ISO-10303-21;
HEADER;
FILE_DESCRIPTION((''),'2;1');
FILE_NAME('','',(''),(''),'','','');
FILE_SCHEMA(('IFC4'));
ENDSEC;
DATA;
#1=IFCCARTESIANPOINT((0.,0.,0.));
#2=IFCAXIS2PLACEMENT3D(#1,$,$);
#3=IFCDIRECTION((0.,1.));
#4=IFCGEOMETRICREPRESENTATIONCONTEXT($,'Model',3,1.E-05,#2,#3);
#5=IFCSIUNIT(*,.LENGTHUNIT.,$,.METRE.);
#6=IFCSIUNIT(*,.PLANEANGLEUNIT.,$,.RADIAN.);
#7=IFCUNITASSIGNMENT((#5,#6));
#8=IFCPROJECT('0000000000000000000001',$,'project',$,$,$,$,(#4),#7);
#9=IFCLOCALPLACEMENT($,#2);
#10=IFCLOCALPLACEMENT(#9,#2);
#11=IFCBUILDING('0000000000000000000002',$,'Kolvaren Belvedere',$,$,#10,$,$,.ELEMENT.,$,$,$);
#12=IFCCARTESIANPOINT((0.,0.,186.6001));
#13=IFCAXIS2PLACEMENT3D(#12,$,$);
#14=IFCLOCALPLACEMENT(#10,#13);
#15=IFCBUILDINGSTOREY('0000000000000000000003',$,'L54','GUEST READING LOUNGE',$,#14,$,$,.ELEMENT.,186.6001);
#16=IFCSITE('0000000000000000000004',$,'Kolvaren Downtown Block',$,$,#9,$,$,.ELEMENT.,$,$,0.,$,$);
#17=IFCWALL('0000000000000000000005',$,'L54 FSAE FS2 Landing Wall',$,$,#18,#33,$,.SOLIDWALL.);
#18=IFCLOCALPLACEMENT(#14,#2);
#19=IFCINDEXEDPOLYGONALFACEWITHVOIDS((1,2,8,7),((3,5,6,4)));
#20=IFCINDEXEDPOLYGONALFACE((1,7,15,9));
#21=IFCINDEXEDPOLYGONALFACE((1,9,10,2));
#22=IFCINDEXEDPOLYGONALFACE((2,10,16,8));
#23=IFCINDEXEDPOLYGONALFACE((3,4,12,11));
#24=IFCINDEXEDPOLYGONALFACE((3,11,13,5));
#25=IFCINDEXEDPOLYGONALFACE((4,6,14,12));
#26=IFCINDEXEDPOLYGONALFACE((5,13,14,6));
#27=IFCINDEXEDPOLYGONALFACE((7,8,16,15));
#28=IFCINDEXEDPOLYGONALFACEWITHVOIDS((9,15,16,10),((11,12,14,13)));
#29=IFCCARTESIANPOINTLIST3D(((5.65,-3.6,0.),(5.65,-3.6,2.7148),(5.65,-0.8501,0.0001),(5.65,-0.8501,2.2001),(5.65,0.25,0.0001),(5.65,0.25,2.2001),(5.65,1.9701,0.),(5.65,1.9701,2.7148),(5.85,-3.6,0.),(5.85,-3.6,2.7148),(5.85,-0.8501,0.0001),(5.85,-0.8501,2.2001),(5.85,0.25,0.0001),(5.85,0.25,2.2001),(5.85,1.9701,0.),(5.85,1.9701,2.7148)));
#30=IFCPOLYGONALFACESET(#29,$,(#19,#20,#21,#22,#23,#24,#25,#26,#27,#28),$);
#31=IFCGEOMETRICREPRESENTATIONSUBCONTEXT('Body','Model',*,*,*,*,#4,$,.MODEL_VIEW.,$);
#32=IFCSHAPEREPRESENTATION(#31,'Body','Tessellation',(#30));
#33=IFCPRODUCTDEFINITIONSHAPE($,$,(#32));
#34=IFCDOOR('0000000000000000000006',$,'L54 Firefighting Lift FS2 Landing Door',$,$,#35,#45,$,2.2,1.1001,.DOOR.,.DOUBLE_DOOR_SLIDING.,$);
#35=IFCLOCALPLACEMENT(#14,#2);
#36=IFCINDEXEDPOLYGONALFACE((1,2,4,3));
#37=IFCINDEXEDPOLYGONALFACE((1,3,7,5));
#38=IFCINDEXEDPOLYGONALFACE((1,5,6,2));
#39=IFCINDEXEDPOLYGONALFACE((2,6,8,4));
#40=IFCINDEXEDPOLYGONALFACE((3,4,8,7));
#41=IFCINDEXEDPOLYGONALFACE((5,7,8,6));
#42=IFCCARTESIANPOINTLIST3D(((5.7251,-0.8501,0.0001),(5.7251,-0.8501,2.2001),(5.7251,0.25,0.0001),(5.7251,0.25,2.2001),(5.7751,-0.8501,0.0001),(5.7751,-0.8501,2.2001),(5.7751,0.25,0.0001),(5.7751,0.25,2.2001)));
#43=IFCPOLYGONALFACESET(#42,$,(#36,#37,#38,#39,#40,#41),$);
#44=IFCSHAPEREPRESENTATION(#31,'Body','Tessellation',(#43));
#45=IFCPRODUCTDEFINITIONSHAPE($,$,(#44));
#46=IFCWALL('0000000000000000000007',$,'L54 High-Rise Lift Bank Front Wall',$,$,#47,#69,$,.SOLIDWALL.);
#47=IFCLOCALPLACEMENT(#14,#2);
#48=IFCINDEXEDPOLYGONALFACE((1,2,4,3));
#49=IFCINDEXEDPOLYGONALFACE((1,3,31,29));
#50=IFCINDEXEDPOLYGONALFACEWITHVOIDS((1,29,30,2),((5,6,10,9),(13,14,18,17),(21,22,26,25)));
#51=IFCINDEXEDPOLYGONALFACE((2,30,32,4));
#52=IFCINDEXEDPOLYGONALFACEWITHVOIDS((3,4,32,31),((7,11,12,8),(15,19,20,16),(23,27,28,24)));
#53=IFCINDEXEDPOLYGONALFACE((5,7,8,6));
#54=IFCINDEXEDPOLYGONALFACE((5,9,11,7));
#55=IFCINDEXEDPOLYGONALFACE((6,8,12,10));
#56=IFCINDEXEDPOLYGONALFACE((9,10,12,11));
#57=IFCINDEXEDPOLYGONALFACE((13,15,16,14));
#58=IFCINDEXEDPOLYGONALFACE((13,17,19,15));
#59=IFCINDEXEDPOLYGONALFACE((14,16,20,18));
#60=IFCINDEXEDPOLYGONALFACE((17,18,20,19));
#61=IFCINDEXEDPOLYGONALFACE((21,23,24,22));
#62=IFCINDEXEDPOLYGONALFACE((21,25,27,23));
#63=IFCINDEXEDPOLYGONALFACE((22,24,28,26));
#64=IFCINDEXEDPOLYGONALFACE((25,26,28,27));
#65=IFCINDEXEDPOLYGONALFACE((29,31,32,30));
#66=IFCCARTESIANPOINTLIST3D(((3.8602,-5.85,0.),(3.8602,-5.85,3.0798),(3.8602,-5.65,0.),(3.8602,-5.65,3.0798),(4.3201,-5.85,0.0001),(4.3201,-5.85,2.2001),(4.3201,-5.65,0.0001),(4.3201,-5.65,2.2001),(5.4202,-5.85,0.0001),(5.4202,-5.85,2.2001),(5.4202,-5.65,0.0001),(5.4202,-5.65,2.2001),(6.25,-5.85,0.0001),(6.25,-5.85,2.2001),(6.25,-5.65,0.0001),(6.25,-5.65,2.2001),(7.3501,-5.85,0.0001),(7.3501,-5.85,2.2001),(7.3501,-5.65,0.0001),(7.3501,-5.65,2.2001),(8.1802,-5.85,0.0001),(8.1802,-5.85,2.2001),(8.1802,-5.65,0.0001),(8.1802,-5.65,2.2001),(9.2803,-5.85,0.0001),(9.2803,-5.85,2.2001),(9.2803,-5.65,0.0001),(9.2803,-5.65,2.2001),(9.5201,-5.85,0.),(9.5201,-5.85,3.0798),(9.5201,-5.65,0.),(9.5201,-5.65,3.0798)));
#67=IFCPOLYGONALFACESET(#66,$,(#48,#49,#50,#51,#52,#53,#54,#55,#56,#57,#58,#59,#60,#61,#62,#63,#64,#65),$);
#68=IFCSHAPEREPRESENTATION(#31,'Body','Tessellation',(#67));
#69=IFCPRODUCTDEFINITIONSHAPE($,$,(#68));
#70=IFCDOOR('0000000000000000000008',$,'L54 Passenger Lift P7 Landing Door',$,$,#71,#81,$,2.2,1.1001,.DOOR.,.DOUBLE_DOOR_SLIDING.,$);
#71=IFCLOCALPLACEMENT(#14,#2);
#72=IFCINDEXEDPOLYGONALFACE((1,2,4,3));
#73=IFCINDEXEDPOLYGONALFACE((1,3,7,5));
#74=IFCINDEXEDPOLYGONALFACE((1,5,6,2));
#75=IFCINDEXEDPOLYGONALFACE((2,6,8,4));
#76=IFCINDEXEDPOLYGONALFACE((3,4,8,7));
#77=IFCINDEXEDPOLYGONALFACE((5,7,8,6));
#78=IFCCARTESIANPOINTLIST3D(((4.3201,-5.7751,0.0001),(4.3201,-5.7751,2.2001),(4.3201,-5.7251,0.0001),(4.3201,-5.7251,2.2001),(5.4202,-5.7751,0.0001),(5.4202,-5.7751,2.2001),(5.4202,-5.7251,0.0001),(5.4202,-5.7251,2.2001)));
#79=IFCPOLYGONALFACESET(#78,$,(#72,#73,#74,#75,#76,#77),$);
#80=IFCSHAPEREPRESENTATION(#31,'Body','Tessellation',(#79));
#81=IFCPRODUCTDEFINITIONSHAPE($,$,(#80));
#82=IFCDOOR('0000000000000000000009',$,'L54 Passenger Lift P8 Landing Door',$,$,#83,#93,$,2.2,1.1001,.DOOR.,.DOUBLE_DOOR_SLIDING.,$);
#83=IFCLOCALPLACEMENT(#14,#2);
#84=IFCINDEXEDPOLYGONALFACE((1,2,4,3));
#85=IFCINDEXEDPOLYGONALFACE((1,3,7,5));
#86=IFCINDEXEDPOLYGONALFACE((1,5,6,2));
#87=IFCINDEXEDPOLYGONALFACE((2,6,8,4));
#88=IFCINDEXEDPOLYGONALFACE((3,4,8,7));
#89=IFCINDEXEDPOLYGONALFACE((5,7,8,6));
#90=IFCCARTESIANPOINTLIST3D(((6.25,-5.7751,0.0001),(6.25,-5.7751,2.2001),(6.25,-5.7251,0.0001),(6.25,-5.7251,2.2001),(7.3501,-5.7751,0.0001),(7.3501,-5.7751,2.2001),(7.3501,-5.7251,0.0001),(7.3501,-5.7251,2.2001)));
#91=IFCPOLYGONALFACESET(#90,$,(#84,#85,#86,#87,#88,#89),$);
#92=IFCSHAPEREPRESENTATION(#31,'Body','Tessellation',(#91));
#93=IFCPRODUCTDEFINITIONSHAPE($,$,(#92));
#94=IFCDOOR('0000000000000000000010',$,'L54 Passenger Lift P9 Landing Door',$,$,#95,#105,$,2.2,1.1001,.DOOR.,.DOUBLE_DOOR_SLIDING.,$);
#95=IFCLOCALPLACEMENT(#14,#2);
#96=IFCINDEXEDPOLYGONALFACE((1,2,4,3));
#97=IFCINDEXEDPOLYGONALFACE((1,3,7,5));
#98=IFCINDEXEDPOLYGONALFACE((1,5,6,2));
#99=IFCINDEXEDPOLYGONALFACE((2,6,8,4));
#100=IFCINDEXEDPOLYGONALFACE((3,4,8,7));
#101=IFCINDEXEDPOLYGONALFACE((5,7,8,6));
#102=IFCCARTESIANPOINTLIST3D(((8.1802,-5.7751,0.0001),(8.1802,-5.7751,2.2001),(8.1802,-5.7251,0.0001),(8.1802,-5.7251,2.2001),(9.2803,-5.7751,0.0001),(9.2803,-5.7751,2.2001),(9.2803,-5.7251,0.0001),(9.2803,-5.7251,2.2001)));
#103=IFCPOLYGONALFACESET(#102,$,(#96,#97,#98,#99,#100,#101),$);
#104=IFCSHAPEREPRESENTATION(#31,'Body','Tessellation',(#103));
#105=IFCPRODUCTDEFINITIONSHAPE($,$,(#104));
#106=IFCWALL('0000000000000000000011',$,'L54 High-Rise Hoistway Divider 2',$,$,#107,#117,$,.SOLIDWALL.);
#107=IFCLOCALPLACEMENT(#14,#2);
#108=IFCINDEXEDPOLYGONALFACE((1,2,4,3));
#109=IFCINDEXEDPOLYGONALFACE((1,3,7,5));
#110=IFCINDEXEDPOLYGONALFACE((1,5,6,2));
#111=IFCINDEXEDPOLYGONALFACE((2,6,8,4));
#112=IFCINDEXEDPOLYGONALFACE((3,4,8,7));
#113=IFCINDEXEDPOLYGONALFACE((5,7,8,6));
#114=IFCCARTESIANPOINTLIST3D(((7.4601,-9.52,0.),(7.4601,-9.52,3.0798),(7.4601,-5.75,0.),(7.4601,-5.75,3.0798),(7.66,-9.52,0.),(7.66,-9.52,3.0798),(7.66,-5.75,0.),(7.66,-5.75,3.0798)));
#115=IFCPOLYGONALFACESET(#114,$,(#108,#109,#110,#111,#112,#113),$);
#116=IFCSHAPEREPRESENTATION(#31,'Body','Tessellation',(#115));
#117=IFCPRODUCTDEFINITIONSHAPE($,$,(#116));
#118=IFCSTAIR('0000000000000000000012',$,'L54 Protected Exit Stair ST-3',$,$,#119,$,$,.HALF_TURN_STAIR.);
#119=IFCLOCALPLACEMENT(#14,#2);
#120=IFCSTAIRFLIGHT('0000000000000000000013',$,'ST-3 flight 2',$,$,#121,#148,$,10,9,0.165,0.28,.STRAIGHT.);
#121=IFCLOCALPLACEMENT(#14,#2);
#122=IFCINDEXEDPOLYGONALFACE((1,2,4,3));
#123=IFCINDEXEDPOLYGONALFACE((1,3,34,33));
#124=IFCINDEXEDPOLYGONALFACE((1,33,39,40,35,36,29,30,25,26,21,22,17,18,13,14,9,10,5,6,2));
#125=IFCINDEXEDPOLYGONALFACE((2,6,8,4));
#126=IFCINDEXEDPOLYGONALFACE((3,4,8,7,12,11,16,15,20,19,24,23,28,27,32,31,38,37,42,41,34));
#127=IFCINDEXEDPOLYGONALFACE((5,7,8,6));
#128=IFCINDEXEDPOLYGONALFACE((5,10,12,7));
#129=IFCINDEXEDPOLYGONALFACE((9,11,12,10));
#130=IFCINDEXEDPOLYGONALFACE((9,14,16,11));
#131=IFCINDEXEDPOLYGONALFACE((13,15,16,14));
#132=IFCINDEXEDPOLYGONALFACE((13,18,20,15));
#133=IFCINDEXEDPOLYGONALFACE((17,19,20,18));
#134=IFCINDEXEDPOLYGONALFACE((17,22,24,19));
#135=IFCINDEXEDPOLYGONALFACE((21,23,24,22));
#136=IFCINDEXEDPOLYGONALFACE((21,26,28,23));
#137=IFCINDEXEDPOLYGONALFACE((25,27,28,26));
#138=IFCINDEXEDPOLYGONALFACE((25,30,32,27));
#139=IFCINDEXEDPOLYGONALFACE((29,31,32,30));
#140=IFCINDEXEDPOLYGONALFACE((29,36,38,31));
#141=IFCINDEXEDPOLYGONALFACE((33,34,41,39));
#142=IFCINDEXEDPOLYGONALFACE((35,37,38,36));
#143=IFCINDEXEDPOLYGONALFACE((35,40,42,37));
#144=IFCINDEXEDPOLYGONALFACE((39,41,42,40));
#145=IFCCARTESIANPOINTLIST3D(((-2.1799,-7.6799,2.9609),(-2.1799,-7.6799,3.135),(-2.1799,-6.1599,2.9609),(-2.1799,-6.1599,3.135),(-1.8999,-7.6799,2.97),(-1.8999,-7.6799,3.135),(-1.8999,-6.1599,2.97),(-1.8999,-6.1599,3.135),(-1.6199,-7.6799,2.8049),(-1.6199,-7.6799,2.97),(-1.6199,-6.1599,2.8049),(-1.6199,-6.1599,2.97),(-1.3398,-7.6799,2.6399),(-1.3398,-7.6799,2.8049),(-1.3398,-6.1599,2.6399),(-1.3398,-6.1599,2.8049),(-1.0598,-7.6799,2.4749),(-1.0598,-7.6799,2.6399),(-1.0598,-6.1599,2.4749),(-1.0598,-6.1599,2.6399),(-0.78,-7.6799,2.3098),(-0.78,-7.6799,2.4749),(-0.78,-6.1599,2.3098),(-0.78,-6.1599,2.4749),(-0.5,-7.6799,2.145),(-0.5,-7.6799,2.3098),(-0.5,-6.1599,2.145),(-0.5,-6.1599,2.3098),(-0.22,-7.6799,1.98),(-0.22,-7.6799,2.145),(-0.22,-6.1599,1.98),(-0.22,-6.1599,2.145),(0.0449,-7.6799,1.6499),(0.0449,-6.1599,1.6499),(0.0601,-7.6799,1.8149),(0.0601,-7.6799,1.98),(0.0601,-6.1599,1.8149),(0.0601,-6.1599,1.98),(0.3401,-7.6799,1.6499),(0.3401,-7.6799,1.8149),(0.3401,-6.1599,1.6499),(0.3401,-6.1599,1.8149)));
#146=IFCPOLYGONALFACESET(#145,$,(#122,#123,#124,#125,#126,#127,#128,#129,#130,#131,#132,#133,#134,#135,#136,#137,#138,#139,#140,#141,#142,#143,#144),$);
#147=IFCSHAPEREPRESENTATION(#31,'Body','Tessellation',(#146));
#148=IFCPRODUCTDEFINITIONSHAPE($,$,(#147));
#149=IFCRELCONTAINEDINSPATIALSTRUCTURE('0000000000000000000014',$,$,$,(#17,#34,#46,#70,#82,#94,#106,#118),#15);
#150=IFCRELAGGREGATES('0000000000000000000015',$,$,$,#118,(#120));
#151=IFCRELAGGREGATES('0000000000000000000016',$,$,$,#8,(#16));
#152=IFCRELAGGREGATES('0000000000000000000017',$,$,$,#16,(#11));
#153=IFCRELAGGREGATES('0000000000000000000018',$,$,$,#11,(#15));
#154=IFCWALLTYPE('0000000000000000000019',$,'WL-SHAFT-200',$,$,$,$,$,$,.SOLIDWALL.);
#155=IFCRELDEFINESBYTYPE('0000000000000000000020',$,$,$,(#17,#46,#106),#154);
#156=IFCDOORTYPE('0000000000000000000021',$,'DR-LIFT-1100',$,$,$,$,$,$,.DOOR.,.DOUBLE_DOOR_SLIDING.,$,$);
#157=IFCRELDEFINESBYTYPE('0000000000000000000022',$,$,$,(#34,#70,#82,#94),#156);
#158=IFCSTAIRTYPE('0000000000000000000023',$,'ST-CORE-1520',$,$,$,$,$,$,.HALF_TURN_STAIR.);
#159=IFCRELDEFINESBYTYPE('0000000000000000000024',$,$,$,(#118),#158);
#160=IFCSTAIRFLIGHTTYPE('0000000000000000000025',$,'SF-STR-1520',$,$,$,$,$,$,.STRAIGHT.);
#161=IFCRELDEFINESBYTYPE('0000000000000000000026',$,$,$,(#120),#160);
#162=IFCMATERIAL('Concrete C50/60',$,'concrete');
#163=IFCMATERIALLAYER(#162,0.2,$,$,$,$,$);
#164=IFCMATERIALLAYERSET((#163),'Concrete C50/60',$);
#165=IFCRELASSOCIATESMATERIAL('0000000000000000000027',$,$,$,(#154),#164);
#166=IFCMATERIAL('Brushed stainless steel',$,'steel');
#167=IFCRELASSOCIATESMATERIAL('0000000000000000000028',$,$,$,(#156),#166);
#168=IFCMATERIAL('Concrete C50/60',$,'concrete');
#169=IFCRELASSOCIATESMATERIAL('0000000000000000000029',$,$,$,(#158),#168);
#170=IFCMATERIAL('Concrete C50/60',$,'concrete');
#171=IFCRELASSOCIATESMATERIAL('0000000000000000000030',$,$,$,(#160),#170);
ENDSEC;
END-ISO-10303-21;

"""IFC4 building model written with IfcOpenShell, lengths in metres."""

from ifc_helpers import new_model, si_unit, direction, frame, frame_2d, origin, place, context, subcontext, project, spatial, polyline, rectangle, outline, extrude, material, layer, layer_set, type_object, element, fill, aggregate, save


model = new_model("IFC4")

# Units and contexts
model_context = context("Model", 3, precision=1e-05, world=origin(), true_north=direction((0.0, 1.0)))
body_context = subcontext(model_context, "Body", "Model", "MODEL_VIEW")
ifc_project = project(units=[si_unit("LENGTHUNIT", "METRE"), si_unit("PLANEANGLEUNIT", "RADIAN")], contexts=[model_context])

# Site, building, storey
site_placement = place(None, origin())
site = spatial("IfcSite", under=ifc_project, at=site_placement, Name="Kolvaren Downtown Block", CompositionType="ELEMENT", RefElevation=0.0)
building_placement = place(site_placement, origin())
building = spatial("IfcBuilding", under=site, at=building_placement, Name="Kolvaren Belvedere", CompositionType="ELEMENT")
storey_placement = place(building_placement, frame((0.0, 0.0, 186.6001)))
storey = spatial("IfcBuildingStorey", under=building, at=storey_placement, Name="L54", Description="GUEST READING LOUNGE", CompositionType="ELEMENT", Elevation=186.6001)

# Wall, opening, door
ifc_material_1 = material(Name="Concrete C50/60", Category="concrete")
ifc_layer_1 = layer(ifc_material_1, 0.2)
ifc_layer_set_1 = layer_set([ifc_layer_1], Name="Concrete C50/60")
wall_type_1 = type_object("IfcWallType", Name="WL-SHAFT-200", PredefinedType="SOLIDWALL", material=ifc_layer_set_1)
wall_1_placement = place(storey_placement, frame((5.75, -3.6001, 0.0), z_axis=(0.0, 0.0, 1.0), x_axis=(0.0, 1.0, 0.0)))
wall_1 = element("IfcWall", 1, at=wall_1_placement, inside=storey, type_object=wall_type_1, Name="L54 FSAE FS2 Landing Wall", PredefinedType="SOLIDWALL", context=body_context, shape_type="SweptSolid", body=[
    extrude(rectangle(XDim=5.5701, YDim=0.2, at=frame_2d((2.7852, 0.0))), origin(), (0.0, 0.0, 1.0), 2.7148),
])
opening_1_placement = place(wall_1_placement, frame((2.75, 0.0, 0.0)))
opening_1 = element("IfcOpeningElement", 2, at=opening_1_placement, cuts=wall_1, PredefinedType="OPENING", context=body_context, shape_type="SweptSolid", body=[
    extrude(rectangle(XDim=1.1001, YDim=2.2, at=frame_2d((0.55, 1.1001))), frame((0.0, 0.1099, 0.0), z_axis=(0.0, -1.0, 0.0), x_axis=(1.0, 0.0, 0.0)), (0.0, 0.0, 1.0), 0.22),
])
ifc_material_2 = material(Name="Brushed stainless steel", Category="steel")
door_type_1 = type_object("IfcDoorType", Name="DR-LIFT-1100", OperationType="DOUBLE_DOOR_SLIDING", PredefinedType="DOOR", material=ifc_material_2)
door_1_placement = place(opening_1_placement, origin())
door_1 = element("IfcDoor", 3, at=door_1_placement, inside=storey, type_object=door_type_1, Name="L54 Firefighting Lift FS2 Landing Door", OperationType="DOUBLE_DOOR_SLIDING", OverallHeight=2.2, OverallWidth=1.1001, PredefinedType="DOOR", context=body_context, shape_type="SweptSolid", body=[
    extrude(rectangle(XDim=1.1001, YDim=2.2, at=frame_2d((0.55, 1.1001))), frame((0.0, 0.0249, 0.0), z_axis=(0.0, -1.0, 0.0), x_axis=(1.0, 0.0, 0.0)), (0.0, 0.0, 1.0), 0.05),
])
fill(opening_1, door_1)

# Wall, openings, doors
wall_2_placement = place(storey_placement, frame((3.8601, -5.75, 0.0), z_axis=(0.0, 0.0, 1.0), x_axis=(1.0, 0.0, 0.0)))
wall_2 = element("IfcWall", 4, at=wall_2_placement, inside=storey, type_object=wall_type_1, Name="L54 High-Rise Lift Bank Front Wall", PredefinedType="SOLIDWALL", context=body_context, shape_type="SweptSolid", body=[
    extrude(rectangle(XDim=5.6599, YDim=0.2, at=frame_2d((2.8301, 0.0))), origin(), (0.0, 0.0, 1.0), 3.0798),
])
opening_2_placement = place(wall_2_placement, frame((0.46, 0.0, 0.0)))
opening_2 = element("IfcOpeningElement", 5, at=opening_2_placement, cuts=wall_2, PredefinedType="OPENING", context=body_context, shape_type="SweptSolid", body=[
    extrude(rectangle(XDim=1.1001, YDim=2.2, at=frame_2d((0.55, 1.1001))), frame((0.0, 0.1099, 0.0), z_axis=(0.0, -1.0, 0.0), x_axis=(1.0, 0.0, 0.0)), (0.0, 0.0, 1.0), 0.22),
])
opening_3_placement = place(wall_2_placement, frame((2.3899, 0.0, 0.0)))
opening_3 = element("IfcOpeningElement", 6, at=opening_3_placement, cuts=wall_2, PredefinedType="OPENING", context=body_context, shape_type="SweptSolid", body=[
    extrude(rectangle(XDim=1.1001, YDim=2.2, at=frame_2d((0.55, 1.1001))), frame((0.0, 0.1099, 0.0), z_axis=(0.0, -1.0, 0.0), x_axis=(1.0, 0.0, 0.0)), (0.0, 0.0, 1.0), 0.22),
])
opening_4_placement = place(wall_2_placement, frame((4.3201, 0.0, 0.0)))
opening_4 = element("IfcOpeningElement", 7, at=opening_4_placement, cuts=wall_2, PredefinedType="OPENING", context=body_context, shape_type="SweptSolid", body=[
    extrude(rectangle(XDim=1.1001, YDim=2.2, at=frame_2d((0.55, 1.1001))), frame((0.0, 0.1099, 0.0), z_axis=(0.0, -1.0, 0.0), x_axis=(1.0, 0.0, 0.0)), (0.0, 0.0, 1.0), 0.22),
])
door_2_placement = place(opening_2_placement, origin())
door_2 = element("IfcDoor", 8, at=door_2_placement, inside=storey, type_object=door_type_1, Name="L54 Passenger Lift P7 Landing Door", OperationType="DOUBLE_DOOR_SLIDING", OverallHeight=2.2, OverallWidth=1.1001, PredefinedType="DOOR", context=body_context, shape_type="SweptSolid", body=[
    extrude(rectangle(XDim=1.1001, YDim=2.2, at=frame_2d((0.55, 1.1001))), frame((0.0, 0.0249, 0.0), z_axis=(0.0, -1.0, 0.0), x_axis=(1.0, 0.0, 0.0)), (0.0, 0.0, 1.0), 0.05),
])
fill(opening_2, door_2)
door_3_placement = place(opening_3_placement, origin())
door_3 = element("IfcDoor", 9, at=door_3_placement, inside=storey, type_object=door_type_1, Name="L54 Passenger Lift P8 Landing Door", OperationType="DOUBLE_DOOR_SLIDING", OverallHeight=2.2, OverallWidth=1.1001, PredefinedType="DOOR", context=body_context, shape_type="SweptSolid", body=[
    extrude(rectangle(XDim=1.1001, YDim=2.2, at=frame_2d((0.55, 1.1001))), frame((0.0, 0.0249, 0.0), z_axis=(0.0, -1.0, 0.0), x_axis=(1.0, 0.0, 0.0)), (0.0, 0.0, 1.0), 0.05),
])
fill(opening_3, door_3)
door_4_placement = place(opening_4_placement, origin())
door_4 = element("IfcDoor", 10, at=door_4_placement, inside=storey, type_object=door_type_1, Name="L54 Passenger Lift P9 Landing Door", OperationType="DOUBLE_DOOR_SLIDING", OverallHeight=2.2, OverallWidth=1.1001, PredefinedType="DOOR", context=body_context, shape_type="SweptSolid", body=[
    extrude(rectangle(XDim=1.1001, YDim=2.2, at=frame_2d((0.55, 1.1001))), frame((0.0, 0.0249, 0.0), z_axis=(0.0, -1.0, 0.0), x_axis=(1.0, 0.0, 0.0)), (0.0, 0.0, 1.0), 0.05),
])
fill(opening_4, door_4)

# Wall
wall_3_placement = place(storey_placement, frame((7.5601, -9.52, 0.0), z_axis=(0.0, 0.0, 1.0), x_axis=(0.0, 1.0, 0.0)))
element("IfcWall", 11, at=wall_3_placement, inside=storey, type_object=wall_type_1, Name="L54 High-Rise Hoistway Divider 2", PredefinedType="SOLIDWALL", context=body_context, shape_type="SweptSolid", body=[
    extrude(rectangle(XDim=3.77, YDim=0.2, at=frame_2d((1.885, 0.0))), origin(), (0.0, 0.0, 1.0), 3.0798),
])

# Stair, stair flight
ifc_material_3 = material(Name="Concrete C50/60", Category="concrete")
stair_type = type_object("IfcStairType", Name="ST-CORE-1520", PredefinedType="HALF_TURN_STAIR", material=ifc_material_3)
stair_placement = place(storey_placement, origin())
stair = element("IfcStair", 12, at=stair_placement, inside=storey, type_object=stair_type, Name="L54 Protected Exit Stair ST-3", PredefinedType="HALF_TURN_STAIR")
ifc_material_4 = material(Name="Concrete C50/60", Category="concrete")
stair_flight_type = type_object("IfcStairFlightType", Name="SF-STR-1520", PredefinedType="STRAIGHT", material=ifc_material_4)
stair_flight_placement = place(storey_placement, frame((0.3401, -6.9199, 1.6499), z_axis=(0.0, 0.0, 1.0), x_axis=(-1.0, 0.0, 0.0)))
stair_flight = element("IfcStairFlight", 13, at=stair_flight_placement, type_object=stair_flight_type, Name="ST-3 flight 2", NumberOfRisers=10, NumberOfTreads=9, PredefinedType="STRAIGHT", RiserHeight=0.165, TreadLength=0.28, context=body_context, shape_type="SweptSolid", body=[
    extrude(outline(polyline([(0.0, 0.0), (0.0, 0.165), (0.28, 0.165), (0.28, 0.3301), (0.5601, 0.3301), (0.5601, 0.4951), (0.8401, 0.4951), (0.8401, 0.6599), (1.1201, 0.6599), (1.1201, 0.825), (1.3999, 0.825), (1.3999, 0.99), (1.6799, 0.99), (1.6799, 1.155), (1.96, 1.155), (1.96, 1.3201), (2.24, 1.3201), (2.24, 1.4851), (2.52, 1.4851), (2.52, 1.6499), (2.52, 1.311), (0.2952, 0.0), (0.0, 0.0)])), frame((0.0, 0.76, 0.0), z_axis=(0.0, -1.0, 0.0), x_axis=(1.0, 0.0, 0.0)), (0.0, 0.0, 1.0), 1.52),
])
aggregate(stair, [stair_flight])

save(model, "model.ifc")
